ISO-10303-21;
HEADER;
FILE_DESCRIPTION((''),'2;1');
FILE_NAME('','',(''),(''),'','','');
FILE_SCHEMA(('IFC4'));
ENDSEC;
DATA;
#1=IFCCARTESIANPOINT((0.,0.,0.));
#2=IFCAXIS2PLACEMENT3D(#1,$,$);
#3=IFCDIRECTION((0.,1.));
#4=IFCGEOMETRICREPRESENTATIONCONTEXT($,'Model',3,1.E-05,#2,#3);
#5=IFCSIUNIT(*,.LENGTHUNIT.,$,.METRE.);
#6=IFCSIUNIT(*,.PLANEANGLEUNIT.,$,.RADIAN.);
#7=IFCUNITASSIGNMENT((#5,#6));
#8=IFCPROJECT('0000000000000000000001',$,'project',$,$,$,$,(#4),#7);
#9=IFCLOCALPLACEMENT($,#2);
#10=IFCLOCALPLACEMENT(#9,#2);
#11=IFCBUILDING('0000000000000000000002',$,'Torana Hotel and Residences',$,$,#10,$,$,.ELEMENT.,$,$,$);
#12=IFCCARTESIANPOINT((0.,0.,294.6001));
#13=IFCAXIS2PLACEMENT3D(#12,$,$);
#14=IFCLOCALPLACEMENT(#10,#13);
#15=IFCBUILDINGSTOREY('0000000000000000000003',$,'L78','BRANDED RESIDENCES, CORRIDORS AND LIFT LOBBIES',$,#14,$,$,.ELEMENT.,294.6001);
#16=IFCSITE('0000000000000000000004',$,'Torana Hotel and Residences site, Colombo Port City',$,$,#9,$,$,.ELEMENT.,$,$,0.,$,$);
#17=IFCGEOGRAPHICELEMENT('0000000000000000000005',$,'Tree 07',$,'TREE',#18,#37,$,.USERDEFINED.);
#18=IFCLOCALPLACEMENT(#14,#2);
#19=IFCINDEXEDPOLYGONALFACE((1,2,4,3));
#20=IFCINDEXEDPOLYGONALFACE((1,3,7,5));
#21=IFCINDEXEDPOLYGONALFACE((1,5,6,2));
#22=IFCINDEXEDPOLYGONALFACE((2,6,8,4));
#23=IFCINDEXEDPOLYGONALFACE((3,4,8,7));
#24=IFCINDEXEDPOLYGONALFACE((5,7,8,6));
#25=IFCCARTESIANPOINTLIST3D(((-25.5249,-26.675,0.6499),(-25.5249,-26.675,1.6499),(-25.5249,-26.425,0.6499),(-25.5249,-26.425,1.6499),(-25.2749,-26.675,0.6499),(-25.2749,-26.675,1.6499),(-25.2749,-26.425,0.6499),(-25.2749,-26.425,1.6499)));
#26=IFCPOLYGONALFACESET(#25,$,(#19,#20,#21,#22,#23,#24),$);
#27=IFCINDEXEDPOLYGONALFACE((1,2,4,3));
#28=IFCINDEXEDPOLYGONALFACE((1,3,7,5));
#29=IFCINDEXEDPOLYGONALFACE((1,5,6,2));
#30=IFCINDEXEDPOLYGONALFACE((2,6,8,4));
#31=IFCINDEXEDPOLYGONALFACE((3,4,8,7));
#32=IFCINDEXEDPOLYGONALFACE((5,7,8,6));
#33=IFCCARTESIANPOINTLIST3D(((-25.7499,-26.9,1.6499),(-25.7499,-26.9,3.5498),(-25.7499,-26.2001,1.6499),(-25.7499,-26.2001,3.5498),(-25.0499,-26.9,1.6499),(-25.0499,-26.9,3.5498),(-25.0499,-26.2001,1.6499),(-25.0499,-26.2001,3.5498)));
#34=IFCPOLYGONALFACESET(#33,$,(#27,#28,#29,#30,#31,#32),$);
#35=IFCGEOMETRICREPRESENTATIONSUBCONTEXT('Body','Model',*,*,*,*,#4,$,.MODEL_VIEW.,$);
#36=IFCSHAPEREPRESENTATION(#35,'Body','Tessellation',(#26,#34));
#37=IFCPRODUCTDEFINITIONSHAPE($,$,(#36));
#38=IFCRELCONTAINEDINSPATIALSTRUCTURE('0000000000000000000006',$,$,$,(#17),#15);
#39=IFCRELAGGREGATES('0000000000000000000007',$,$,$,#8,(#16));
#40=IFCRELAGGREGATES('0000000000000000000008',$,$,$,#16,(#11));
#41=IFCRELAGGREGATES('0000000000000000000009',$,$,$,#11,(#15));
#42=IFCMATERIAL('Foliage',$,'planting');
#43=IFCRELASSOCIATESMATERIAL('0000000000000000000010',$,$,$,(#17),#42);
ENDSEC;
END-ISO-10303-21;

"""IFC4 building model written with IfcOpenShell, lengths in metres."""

from ifc_helpers import new_model, si_unit, direction, frame, origin, origin_2d, place, context, subcontext, project, spatial, rectangle, extrude, material, element, save


model = new_model("IFC4")

# Units and contexts
model_context = context("Model", 3, precision=1e-05, world=origin(), true_north=direction((0.0, 1.0)))
body_context = subcontext(model_context, "Body", "Model", "MODEL_VIEW")
ifc_project = project(units=[si_unit("LENGTHUNIT", "METRE"), si_unit("PLANEANGLEUNIT", "RADIAN")], contexts=[model_context])

# Site, building, storey
site_placement = place(None, origin())
site = spatial("IfcSite", under=ifc_project, at=site_placement, Name="Torana Hotel and Residences site, Colombo Port City", CompositionType="ELEMENT", RefElevation=0.0)
building_placement = place(site_placement, origin())
building = spatial("IfcBuilding", under=site, at=building_placement, Name="Torana Hotel and Residences", CompositionType="ELEMENT")
storey_placement = place(building_placement, frame((0.0, 0.0, 294.6001)))
storey = spatial("IfcBuildingStorey", under=building, at=storey_placement, Name="L78", Description="BRANDED RESIDENCES, CORRIDORS AND LIFT LOBBIES", CompositionType="ELEMENT", Elevation=294.6001)

# Geographic element
ifc_material_1 = material(Name="Foliage", Category="planting")
geographic_element_placement = place(storey_placement, frame((-25.3999, -26.55, 0.6499), z_axis=(0.0, 0.0, 1.0), x_axis=(1.0, 0.0, 0.0)))
element("IfcGeographicElement", 1, at=geographic_element_placement, inside=storey, material=ifc_material_1, Name="Tree 07", ObjectType="TREE", PredefinedType="USERDEFINED", context=body_context, shape_type="SweptSolid", body=[
    extrude(rectangle(XDim=0.25, YDim=0.25, at=origin_2d()), origin(), (0.0, 0.0, 1.0), 1.0),
    extrude(rectangle(XDim=0.7, YDim=0.7, at=origin_2d()), frame((0.0, 0.0, 1.0)), (0.0, 0.0, 1.0), 1.8999),
])

save(model, "model.ifc")
